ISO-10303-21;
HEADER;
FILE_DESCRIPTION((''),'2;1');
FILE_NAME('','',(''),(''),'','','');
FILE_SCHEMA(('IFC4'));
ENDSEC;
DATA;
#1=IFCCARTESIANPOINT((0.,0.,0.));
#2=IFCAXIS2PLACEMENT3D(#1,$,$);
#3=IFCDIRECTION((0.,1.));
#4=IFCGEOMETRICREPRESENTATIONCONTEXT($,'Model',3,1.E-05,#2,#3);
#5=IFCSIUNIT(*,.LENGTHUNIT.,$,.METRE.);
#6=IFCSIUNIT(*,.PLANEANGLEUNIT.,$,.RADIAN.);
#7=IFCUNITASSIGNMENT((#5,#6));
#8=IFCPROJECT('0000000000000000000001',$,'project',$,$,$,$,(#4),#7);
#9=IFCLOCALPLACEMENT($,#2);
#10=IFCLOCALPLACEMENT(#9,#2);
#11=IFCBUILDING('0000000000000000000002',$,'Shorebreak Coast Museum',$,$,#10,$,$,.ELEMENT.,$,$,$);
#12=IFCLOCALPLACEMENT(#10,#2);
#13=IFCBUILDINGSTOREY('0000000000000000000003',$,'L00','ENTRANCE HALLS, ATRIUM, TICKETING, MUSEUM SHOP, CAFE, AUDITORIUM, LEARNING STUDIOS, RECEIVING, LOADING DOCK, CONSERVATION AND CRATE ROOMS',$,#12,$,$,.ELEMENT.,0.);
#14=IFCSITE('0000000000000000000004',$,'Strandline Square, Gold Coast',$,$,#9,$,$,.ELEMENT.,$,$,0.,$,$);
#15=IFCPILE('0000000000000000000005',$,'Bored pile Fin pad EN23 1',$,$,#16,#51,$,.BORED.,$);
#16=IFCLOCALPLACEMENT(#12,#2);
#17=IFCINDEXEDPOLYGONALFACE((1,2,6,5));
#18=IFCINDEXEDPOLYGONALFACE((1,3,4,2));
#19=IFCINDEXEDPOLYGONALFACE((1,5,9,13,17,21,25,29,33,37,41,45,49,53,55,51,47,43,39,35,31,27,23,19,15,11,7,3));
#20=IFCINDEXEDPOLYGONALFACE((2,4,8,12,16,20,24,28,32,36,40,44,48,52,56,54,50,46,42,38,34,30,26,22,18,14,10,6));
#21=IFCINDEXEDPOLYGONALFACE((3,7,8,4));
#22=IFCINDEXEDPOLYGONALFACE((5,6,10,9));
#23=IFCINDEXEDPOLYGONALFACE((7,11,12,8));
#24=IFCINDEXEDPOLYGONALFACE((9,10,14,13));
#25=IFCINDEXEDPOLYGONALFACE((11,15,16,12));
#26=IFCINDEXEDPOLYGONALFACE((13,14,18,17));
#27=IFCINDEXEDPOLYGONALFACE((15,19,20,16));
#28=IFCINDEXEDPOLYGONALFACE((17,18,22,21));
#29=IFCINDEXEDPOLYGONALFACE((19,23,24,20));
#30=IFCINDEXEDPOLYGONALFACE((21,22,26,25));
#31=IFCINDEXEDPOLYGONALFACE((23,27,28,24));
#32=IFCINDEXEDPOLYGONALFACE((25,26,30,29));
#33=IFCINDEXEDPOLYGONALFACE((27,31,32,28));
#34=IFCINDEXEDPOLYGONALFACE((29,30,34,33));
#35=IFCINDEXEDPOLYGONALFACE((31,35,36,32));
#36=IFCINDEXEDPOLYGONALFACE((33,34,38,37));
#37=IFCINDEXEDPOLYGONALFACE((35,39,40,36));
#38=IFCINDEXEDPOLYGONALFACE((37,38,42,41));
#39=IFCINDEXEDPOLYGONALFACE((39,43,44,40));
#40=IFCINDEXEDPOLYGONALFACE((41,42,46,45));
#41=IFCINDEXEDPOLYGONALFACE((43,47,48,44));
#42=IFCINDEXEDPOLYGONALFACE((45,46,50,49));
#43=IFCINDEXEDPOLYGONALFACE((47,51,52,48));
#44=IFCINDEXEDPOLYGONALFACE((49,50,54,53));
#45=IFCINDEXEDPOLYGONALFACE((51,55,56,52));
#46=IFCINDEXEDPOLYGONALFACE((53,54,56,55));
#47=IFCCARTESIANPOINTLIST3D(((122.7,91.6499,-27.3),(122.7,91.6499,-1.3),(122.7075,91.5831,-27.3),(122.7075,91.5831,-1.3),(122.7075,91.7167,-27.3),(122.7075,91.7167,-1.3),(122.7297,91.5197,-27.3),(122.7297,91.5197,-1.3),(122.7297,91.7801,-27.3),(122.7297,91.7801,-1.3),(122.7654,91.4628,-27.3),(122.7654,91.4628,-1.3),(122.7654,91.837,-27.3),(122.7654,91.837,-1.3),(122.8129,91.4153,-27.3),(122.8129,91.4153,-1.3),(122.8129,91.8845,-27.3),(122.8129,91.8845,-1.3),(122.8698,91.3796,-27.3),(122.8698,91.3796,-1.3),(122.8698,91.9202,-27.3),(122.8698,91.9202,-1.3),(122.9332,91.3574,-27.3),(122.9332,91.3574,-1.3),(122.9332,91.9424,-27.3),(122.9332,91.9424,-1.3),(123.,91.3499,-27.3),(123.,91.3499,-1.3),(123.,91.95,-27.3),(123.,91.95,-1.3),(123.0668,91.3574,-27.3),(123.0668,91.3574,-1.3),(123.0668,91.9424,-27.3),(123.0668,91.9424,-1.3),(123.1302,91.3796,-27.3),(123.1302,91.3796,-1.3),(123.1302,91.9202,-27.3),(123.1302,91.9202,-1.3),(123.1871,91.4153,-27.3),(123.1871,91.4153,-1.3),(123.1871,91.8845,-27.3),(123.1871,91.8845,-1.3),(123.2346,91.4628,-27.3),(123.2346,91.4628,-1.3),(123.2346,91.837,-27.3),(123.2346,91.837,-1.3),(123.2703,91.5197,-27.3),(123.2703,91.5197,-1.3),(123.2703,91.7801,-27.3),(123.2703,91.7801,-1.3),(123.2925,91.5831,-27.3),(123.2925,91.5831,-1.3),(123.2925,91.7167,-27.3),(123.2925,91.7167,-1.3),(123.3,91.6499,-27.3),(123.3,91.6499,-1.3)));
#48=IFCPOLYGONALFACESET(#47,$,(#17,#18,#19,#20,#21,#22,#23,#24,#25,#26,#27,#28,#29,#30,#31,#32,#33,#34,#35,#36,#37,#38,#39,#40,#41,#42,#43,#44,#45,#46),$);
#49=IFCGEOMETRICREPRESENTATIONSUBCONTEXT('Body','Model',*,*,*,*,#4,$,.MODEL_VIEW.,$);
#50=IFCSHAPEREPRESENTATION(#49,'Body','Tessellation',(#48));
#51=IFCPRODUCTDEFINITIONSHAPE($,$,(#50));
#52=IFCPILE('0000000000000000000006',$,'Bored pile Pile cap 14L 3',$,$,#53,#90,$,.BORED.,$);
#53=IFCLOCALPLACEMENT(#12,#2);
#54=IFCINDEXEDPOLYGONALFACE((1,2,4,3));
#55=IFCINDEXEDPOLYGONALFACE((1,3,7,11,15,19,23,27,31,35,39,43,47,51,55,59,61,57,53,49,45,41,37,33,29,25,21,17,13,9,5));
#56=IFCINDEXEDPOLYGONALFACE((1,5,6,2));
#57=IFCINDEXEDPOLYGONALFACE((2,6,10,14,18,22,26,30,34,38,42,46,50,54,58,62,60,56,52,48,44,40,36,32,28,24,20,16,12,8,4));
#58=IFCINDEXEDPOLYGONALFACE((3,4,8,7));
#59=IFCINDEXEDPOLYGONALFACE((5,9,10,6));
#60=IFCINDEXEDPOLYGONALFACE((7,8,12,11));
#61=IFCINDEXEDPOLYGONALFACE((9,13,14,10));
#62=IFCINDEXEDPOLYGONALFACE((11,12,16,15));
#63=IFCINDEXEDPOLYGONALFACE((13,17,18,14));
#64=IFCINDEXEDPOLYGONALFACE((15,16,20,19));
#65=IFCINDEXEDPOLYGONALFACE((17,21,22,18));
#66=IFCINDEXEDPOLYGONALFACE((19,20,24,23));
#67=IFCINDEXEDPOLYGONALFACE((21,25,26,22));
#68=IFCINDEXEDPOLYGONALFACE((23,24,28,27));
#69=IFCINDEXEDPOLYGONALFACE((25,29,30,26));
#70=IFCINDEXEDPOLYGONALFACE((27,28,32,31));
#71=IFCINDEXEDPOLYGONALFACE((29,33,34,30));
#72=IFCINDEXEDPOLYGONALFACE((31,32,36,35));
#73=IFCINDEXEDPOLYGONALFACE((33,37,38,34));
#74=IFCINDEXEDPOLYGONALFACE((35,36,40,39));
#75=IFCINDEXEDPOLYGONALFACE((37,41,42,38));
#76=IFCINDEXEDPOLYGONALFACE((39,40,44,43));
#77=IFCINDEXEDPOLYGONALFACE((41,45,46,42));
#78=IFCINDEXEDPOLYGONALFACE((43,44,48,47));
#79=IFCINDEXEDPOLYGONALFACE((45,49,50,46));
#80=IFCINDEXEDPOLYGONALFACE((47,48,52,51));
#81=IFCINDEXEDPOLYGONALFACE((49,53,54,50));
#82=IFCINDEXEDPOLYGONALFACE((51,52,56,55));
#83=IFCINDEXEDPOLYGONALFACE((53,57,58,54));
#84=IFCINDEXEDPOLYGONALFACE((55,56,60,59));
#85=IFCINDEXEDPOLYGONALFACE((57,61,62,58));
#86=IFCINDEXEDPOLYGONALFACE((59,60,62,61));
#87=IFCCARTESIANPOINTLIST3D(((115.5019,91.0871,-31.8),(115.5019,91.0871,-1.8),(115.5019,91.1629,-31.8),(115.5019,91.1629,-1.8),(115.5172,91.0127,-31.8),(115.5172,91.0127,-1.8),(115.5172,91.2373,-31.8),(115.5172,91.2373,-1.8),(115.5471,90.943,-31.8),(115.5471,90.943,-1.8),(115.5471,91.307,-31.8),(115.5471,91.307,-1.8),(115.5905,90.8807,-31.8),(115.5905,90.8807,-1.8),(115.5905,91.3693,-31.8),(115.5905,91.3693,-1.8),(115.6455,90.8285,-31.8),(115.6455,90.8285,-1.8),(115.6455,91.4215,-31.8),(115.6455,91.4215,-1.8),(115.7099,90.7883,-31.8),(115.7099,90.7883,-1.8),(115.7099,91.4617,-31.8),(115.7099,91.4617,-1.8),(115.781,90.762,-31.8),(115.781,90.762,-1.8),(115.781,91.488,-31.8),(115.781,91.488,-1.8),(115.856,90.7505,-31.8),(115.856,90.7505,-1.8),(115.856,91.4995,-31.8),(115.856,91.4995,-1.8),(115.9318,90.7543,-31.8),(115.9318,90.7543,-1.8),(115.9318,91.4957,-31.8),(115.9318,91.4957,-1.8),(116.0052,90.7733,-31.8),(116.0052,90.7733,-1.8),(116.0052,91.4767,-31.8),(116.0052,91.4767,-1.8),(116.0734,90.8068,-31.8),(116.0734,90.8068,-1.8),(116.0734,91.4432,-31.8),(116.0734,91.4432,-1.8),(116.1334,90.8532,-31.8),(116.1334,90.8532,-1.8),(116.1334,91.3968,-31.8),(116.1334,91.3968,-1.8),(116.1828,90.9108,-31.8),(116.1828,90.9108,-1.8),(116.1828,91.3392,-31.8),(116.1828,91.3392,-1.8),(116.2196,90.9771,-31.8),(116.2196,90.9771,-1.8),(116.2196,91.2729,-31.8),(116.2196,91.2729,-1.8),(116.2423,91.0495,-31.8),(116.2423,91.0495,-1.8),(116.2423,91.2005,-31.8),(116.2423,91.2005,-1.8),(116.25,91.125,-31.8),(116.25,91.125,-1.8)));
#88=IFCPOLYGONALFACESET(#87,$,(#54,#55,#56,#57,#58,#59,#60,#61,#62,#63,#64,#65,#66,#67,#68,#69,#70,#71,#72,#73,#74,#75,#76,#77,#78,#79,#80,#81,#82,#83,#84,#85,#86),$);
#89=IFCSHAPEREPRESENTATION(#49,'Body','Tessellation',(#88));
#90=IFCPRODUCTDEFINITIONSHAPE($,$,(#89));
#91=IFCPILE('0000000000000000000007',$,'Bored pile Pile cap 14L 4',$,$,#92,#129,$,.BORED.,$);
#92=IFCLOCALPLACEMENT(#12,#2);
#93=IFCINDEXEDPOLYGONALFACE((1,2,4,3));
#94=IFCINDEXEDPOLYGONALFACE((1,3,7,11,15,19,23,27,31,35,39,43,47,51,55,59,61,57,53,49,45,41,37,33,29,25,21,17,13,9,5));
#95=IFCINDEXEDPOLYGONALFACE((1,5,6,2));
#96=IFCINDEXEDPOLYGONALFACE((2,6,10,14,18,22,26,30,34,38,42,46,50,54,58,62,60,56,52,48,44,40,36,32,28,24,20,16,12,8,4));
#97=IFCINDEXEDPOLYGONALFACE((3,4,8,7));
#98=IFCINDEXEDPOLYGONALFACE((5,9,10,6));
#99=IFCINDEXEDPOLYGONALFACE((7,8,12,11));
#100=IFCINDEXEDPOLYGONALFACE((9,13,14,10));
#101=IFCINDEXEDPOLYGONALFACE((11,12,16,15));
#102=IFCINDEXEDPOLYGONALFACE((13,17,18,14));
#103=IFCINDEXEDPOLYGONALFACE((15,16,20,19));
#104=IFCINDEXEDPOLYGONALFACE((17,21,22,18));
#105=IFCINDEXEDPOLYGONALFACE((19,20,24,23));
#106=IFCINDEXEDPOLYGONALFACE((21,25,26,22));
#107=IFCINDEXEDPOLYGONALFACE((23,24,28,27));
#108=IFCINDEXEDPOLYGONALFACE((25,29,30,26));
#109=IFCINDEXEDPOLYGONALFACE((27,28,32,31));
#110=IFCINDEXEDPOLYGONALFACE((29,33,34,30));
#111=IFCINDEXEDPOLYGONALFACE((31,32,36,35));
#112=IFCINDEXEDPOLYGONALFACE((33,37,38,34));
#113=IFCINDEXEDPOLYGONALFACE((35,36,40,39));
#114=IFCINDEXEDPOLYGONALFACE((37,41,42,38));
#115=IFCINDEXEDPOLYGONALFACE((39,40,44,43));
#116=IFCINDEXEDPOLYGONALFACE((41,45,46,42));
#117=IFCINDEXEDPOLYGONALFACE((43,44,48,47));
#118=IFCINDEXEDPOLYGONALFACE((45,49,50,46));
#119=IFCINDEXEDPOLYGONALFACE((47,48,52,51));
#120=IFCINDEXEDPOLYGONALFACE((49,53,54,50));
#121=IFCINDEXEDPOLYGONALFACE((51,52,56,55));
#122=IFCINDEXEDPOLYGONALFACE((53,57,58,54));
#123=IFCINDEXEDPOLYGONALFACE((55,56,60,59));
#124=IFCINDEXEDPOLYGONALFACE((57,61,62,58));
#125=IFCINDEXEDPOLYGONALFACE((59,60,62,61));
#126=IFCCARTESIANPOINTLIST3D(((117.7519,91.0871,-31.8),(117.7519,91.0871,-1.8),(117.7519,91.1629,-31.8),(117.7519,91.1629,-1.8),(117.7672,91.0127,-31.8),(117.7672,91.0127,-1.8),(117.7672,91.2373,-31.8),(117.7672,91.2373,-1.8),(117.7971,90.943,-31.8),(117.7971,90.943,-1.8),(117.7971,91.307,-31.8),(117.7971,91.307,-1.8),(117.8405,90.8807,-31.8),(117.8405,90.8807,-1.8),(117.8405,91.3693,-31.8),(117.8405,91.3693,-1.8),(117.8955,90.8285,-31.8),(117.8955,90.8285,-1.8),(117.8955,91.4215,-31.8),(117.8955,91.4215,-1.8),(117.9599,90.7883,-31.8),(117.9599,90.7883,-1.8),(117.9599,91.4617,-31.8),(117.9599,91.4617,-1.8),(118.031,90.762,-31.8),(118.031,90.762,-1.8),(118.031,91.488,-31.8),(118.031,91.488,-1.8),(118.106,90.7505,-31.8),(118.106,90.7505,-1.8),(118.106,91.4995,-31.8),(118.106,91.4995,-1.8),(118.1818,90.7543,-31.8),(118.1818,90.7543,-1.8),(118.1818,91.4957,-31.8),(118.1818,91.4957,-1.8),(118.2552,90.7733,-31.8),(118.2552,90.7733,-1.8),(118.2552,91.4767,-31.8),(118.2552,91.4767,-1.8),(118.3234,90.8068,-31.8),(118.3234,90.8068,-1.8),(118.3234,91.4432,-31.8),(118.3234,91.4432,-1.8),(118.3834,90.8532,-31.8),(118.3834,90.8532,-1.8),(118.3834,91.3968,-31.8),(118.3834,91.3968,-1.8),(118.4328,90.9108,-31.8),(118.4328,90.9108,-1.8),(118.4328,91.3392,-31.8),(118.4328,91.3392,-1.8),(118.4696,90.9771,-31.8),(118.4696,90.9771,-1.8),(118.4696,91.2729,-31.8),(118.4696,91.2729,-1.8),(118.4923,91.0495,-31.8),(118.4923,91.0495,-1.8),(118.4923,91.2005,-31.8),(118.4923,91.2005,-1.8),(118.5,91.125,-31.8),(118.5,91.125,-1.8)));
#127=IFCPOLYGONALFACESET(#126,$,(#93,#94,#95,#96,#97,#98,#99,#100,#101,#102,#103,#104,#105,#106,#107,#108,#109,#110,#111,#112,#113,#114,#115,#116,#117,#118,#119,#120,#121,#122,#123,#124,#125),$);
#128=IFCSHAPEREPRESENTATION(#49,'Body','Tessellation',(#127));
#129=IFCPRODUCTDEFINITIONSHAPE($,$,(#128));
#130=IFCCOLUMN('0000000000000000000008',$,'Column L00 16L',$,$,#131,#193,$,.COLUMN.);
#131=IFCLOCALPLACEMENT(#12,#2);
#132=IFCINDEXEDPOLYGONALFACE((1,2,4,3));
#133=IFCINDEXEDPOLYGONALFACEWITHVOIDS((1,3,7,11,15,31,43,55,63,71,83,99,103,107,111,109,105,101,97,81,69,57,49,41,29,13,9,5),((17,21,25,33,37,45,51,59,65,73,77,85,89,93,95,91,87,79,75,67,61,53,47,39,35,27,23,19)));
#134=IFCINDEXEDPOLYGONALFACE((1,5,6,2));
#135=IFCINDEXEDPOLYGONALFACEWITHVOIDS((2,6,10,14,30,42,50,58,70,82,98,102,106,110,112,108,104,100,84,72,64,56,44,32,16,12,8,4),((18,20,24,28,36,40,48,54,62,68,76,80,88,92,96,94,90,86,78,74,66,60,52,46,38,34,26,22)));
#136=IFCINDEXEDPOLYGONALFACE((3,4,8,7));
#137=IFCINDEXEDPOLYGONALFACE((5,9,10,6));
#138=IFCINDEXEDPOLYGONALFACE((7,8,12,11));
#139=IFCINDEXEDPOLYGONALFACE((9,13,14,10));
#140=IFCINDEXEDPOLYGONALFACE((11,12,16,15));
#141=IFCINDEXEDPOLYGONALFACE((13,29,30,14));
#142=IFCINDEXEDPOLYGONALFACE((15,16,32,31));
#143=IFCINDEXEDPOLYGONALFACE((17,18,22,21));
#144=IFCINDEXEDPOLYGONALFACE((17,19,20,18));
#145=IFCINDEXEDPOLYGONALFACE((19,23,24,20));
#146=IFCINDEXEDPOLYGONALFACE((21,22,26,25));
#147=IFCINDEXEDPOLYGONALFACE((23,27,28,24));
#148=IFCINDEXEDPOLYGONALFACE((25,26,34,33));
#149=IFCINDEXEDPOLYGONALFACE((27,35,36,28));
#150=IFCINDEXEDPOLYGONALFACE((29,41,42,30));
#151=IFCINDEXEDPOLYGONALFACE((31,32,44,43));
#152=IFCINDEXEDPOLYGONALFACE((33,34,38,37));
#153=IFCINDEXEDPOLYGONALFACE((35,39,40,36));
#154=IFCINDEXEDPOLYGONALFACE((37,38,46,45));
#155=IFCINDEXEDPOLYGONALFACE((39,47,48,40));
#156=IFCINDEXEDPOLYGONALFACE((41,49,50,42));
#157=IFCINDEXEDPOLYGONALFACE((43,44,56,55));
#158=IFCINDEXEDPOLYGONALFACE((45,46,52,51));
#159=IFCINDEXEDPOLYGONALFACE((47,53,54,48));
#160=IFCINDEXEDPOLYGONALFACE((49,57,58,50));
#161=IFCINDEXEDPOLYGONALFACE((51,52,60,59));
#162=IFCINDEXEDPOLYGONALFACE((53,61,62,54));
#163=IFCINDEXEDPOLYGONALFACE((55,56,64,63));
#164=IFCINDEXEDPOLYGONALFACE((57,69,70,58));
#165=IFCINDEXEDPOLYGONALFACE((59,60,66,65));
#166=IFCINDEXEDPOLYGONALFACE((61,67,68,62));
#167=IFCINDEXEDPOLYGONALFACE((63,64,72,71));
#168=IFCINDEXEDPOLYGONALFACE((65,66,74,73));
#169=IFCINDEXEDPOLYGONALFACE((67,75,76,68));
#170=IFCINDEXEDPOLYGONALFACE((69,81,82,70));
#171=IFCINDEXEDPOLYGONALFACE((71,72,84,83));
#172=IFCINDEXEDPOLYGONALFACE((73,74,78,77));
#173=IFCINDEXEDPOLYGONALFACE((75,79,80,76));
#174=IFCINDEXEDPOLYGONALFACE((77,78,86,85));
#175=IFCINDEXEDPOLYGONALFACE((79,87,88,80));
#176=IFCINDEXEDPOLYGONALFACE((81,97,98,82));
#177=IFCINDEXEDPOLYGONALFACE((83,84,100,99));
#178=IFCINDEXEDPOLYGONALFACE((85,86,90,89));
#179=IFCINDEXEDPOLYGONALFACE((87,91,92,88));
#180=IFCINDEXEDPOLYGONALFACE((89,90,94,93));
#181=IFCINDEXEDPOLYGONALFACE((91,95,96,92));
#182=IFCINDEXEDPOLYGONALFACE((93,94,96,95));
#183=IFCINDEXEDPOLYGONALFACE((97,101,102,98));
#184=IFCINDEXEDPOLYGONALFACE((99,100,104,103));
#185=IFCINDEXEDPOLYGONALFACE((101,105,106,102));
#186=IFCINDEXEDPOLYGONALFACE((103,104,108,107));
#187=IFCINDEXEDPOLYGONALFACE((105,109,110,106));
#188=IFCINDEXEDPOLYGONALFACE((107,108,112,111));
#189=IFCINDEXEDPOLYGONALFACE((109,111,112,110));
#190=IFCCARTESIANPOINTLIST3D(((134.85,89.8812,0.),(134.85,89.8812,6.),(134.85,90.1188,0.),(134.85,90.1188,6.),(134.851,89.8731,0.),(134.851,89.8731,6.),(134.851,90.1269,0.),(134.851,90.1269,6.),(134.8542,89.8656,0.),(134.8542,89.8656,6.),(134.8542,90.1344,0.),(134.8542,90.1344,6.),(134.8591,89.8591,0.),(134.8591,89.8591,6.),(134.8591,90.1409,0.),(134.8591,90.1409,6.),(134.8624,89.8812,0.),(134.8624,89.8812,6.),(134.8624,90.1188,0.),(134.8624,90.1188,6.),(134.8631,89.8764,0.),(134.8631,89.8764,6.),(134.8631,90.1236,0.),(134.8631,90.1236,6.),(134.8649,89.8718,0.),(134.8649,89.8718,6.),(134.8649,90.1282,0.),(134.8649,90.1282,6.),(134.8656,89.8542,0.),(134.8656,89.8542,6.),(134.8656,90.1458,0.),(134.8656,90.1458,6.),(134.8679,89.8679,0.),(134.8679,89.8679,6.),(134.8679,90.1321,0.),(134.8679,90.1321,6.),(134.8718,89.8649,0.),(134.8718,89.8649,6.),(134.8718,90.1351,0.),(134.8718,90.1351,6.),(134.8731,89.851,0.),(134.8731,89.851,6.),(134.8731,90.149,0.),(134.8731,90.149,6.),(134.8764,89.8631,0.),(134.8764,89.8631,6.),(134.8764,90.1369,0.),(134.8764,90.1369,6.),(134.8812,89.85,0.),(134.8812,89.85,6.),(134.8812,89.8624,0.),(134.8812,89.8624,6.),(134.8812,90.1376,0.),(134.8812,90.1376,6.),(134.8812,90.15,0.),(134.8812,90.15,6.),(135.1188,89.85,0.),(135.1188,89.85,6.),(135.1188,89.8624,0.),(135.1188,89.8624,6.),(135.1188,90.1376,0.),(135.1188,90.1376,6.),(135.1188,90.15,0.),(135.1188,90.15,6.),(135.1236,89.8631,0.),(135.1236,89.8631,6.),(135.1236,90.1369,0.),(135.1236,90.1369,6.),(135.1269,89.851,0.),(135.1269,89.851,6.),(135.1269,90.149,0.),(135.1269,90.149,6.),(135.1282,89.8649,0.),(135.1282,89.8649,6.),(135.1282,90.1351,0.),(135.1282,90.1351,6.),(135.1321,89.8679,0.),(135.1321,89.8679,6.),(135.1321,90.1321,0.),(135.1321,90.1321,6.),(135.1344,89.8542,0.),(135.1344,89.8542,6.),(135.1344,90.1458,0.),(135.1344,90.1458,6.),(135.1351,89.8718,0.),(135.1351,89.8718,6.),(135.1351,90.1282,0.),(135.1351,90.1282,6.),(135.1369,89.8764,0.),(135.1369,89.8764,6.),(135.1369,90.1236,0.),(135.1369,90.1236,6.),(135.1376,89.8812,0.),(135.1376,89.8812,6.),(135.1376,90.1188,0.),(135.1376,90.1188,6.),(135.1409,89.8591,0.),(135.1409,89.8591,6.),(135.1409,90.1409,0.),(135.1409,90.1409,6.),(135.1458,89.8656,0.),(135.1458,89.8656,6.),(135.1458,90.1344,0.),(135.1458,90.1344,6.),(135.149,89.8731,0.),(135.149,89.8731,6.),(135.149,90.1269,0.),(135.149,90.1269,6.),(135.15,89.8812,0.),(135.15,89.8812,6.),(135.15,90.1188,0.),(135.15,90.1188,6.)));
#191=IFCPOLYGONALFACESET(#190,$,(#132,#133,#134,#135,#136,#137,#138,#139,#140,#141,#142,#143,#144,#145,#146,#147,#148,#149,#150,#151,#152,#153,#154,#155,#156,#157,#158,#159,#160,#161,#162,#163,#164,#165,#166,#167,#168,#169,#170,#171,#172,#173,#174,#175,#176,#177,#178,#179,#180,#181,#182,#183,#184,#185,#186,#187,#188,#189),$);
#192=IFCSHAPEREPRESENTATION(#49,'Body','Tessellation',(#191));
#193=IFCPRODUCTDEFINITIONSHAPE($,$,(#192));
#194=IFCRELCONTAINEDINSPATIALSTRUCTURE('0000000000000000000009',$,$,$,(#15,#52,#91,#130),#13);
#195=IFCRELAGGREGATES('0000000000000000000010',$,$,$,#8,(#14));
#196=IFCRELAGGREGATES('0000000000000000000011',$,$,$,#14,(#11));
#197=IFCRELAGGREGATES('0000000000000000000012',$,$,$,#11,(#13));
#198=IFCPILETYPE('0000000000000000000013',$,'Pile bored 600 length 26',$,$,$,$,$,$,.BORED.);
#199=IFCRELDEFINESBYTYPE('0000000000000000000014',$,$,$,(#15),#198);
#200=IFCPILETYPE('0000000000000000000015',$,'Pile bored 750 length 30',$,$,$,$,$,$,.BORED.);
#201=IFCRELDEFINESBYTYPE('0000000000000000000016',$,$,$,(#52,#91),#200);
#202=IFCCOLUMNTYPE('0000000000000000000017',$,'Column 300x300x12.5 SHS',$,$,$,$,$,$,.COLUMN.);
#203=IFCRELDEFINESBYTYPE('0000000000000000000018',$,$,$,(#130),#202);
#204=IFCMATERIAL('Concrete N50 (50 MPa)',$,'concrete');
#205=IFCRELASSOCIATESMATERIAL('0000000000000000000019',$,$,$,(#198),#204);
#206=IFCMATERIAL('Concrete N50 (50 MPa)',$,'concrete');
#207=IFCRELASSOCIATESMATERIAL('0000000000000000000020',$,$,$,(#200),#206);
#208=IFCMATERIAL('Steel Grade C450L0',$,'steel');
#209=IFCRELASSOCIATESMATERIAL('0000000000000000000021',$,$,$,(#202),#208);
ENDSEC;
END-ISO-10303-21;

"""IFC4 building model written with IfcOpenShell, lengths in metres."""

from ifc_helpers import new_model, si_unit, direction, frame, origin, origin_2d, place, context, subcontext, project, spatial, hollow_rectangle, circle, extrude, material, material_profile, profile_set, type_object, element, save


model = new_model("IFC4")

# Units and contexts
model_context = context("Model", 3, precision=1e-05, world=origin(), true_north=direction((0.0, 1.0)))
body_context = subcontext(model_context, "Body", "Model", "MODEL_VIEW")
ifc_project = project(units=[si_unit("LENGTHUNIT", "METRE"), si_unit("PLANEANGLEUNIT", "RADIAN")], contexts=[model_context])

# Site, building, storey
site_placement = place(None, origin())
site = spatial("IfcSite", under=ifc_project, at=site_placement, Name="Strandline Square, Gold Coast", CompositionType="ELEMENT", RefElevation=0.0)
building_placement = place(site_placement, origin())
building = spatial("IfcBuilding", under=site, at=building_placement, Name="Shorebreak Coast Museum", CompositionType="ELEMENT")
storey_placement = place(building_placement, origin())
storey = spatial("IfcBuildingStorey", under=building, at=storey_placement, Name="L00", Description="ENTRANCE HALLS, ATRIUM, TICKETING, MUSEUM SHOP, CAFE, AUDITORIUM, LEARNING STUDIOS, RECEIVING, LOADING DOCK, CONSERVATION AND CRATE ROOMS", CompositionType="ELEMENT", Elevation=0.0)

# Piles
ifc_material_1 = material(Name="Concrete N50 (50 MPa)", Category="concrete")
ifc_material_profile_1 = material_profile(ifc_material_1, circle(Radius=0.3, at=origin_2d()), Name="Pile bored 600 length 26")
ifc_profile_set_1 = profile_set([ifc_material_profile_1], Name="Concrete N50 (50 MPa)")
pile_type_1 = type_object("IfcPileType", Name="Pile bored 600 length 26", PredefinedType="BORED", material=ifc_profile_set_1)
for number, where, z_axis, x_axis, name in (
    (1, (123.0, 91.6499, -1.3), (0.0, 0.0, -1.0), (1.0, 0.0, 0.0), "Bored pile Fin pad EN23 1"),
):
    element("IfcPile", number, at=place(storey_placement, frame(where, z_axis=z_axis, x_axis=x_axis)), inside=storey, type_object=pile_type_1, Name=name, PredefinedType="BORED", context=body_context, shape_type="SweptSolid", body=[
        extrude(circle(Radius=0.3, at=origin_2d()), origin(), (0.0, 0.0, 1.0), 26.0),
    ])
ifc_material_2 = material(Name="Concrete N50 (50 MPa)", Category="concrete")
ifc_material_profile_2 = material_profile(ifc_material_2, circle(Radius=0.375, at=origin_2d()), Name="Pile bored 750 length 30")
ifc_profile_set_2 = profile_set([ifc_material_profile_2], Name="Concrete N50 (50 MPa)")
pile_type_2 = type_object("IfcPileType", Name="Pile bored 750 length 30", PredefinedType="BORED", material=ifc_profile_set_2)
for number, where, z_axis, x_axis, name in (
    (2, (115.875, 91.125, -1.8), (0.0, 0.0, -1.0), (1.0, 0.0, 0.0), "Bored pile Pile cap 14L 3"),
    (3, (118.125, 91.125, -1.8), (0.0, 0.0, -1.0), (1.0, 0.0, 0.0), "Bored pile Pile cap 14L 4"),
):
    element("IfcPile", number, at=place(storey_placement, frame(where, z_axis=z_axis, x_axis=x_axis)), inside=storey, type_object=pile_type_2, Name=name, PredefinedType="BORED", context=body_context, shape_type="SweptSolid", body=[
        extrude(circle(Radius=0.375, at=origin_2d()), origin(), (0.0, 0.0, 1.0), 30.0),
    ])

# Column
ifc_material_3 = material(Name="Steel Grade C450L0", Category="steel")
ifc_material_profile_3 = material_profile(ifc_material_3, hollow_rectangle(XDim=0.3, YDim=0.3, WallThickness=0.0125, InnerFilletRadius=0.0188, OuterFilletRadius=0.0312, at=origin_2d()), Name="300x300x12.5 SHS")
ifc_profile_set_3 = profile_set([ifc_material_profile_3], Name="Steel Grade C450L0")
column_type = type_object("IfcColumnType", Name="Column 300x300x12.5 SHS", PredefinedType="COLUMN", material=ifc_profile_set_3)
for number, where, z_axis, x_axis, name in (
    (4, (135.0, 90.0, 0.0), (0.0, 0.0, 1.0), (1.0, 0.0, 0.0), "Column L00 16L"),
):
    element("IfcColumn", number, at=place(storey_placement, frame(where, z_axis=z_axis, x_axis=x_axis)), inside=storey, type_object=column_type, Name=name, PredefinedType="COLUMN", context=body_context, shape_type="SweptSolid", body=[
        extrude(hollow_rectangle(XDim=0.3, YDim=0.3, WallThickness=0.0125, InnerFilletRadius=0.0188, OuterFilletRadius=0.0312, at=origin_2d()), origin(), (0.0, 0.0, 1.0), 6.0),
    ])

save(model, "model.ifc")
